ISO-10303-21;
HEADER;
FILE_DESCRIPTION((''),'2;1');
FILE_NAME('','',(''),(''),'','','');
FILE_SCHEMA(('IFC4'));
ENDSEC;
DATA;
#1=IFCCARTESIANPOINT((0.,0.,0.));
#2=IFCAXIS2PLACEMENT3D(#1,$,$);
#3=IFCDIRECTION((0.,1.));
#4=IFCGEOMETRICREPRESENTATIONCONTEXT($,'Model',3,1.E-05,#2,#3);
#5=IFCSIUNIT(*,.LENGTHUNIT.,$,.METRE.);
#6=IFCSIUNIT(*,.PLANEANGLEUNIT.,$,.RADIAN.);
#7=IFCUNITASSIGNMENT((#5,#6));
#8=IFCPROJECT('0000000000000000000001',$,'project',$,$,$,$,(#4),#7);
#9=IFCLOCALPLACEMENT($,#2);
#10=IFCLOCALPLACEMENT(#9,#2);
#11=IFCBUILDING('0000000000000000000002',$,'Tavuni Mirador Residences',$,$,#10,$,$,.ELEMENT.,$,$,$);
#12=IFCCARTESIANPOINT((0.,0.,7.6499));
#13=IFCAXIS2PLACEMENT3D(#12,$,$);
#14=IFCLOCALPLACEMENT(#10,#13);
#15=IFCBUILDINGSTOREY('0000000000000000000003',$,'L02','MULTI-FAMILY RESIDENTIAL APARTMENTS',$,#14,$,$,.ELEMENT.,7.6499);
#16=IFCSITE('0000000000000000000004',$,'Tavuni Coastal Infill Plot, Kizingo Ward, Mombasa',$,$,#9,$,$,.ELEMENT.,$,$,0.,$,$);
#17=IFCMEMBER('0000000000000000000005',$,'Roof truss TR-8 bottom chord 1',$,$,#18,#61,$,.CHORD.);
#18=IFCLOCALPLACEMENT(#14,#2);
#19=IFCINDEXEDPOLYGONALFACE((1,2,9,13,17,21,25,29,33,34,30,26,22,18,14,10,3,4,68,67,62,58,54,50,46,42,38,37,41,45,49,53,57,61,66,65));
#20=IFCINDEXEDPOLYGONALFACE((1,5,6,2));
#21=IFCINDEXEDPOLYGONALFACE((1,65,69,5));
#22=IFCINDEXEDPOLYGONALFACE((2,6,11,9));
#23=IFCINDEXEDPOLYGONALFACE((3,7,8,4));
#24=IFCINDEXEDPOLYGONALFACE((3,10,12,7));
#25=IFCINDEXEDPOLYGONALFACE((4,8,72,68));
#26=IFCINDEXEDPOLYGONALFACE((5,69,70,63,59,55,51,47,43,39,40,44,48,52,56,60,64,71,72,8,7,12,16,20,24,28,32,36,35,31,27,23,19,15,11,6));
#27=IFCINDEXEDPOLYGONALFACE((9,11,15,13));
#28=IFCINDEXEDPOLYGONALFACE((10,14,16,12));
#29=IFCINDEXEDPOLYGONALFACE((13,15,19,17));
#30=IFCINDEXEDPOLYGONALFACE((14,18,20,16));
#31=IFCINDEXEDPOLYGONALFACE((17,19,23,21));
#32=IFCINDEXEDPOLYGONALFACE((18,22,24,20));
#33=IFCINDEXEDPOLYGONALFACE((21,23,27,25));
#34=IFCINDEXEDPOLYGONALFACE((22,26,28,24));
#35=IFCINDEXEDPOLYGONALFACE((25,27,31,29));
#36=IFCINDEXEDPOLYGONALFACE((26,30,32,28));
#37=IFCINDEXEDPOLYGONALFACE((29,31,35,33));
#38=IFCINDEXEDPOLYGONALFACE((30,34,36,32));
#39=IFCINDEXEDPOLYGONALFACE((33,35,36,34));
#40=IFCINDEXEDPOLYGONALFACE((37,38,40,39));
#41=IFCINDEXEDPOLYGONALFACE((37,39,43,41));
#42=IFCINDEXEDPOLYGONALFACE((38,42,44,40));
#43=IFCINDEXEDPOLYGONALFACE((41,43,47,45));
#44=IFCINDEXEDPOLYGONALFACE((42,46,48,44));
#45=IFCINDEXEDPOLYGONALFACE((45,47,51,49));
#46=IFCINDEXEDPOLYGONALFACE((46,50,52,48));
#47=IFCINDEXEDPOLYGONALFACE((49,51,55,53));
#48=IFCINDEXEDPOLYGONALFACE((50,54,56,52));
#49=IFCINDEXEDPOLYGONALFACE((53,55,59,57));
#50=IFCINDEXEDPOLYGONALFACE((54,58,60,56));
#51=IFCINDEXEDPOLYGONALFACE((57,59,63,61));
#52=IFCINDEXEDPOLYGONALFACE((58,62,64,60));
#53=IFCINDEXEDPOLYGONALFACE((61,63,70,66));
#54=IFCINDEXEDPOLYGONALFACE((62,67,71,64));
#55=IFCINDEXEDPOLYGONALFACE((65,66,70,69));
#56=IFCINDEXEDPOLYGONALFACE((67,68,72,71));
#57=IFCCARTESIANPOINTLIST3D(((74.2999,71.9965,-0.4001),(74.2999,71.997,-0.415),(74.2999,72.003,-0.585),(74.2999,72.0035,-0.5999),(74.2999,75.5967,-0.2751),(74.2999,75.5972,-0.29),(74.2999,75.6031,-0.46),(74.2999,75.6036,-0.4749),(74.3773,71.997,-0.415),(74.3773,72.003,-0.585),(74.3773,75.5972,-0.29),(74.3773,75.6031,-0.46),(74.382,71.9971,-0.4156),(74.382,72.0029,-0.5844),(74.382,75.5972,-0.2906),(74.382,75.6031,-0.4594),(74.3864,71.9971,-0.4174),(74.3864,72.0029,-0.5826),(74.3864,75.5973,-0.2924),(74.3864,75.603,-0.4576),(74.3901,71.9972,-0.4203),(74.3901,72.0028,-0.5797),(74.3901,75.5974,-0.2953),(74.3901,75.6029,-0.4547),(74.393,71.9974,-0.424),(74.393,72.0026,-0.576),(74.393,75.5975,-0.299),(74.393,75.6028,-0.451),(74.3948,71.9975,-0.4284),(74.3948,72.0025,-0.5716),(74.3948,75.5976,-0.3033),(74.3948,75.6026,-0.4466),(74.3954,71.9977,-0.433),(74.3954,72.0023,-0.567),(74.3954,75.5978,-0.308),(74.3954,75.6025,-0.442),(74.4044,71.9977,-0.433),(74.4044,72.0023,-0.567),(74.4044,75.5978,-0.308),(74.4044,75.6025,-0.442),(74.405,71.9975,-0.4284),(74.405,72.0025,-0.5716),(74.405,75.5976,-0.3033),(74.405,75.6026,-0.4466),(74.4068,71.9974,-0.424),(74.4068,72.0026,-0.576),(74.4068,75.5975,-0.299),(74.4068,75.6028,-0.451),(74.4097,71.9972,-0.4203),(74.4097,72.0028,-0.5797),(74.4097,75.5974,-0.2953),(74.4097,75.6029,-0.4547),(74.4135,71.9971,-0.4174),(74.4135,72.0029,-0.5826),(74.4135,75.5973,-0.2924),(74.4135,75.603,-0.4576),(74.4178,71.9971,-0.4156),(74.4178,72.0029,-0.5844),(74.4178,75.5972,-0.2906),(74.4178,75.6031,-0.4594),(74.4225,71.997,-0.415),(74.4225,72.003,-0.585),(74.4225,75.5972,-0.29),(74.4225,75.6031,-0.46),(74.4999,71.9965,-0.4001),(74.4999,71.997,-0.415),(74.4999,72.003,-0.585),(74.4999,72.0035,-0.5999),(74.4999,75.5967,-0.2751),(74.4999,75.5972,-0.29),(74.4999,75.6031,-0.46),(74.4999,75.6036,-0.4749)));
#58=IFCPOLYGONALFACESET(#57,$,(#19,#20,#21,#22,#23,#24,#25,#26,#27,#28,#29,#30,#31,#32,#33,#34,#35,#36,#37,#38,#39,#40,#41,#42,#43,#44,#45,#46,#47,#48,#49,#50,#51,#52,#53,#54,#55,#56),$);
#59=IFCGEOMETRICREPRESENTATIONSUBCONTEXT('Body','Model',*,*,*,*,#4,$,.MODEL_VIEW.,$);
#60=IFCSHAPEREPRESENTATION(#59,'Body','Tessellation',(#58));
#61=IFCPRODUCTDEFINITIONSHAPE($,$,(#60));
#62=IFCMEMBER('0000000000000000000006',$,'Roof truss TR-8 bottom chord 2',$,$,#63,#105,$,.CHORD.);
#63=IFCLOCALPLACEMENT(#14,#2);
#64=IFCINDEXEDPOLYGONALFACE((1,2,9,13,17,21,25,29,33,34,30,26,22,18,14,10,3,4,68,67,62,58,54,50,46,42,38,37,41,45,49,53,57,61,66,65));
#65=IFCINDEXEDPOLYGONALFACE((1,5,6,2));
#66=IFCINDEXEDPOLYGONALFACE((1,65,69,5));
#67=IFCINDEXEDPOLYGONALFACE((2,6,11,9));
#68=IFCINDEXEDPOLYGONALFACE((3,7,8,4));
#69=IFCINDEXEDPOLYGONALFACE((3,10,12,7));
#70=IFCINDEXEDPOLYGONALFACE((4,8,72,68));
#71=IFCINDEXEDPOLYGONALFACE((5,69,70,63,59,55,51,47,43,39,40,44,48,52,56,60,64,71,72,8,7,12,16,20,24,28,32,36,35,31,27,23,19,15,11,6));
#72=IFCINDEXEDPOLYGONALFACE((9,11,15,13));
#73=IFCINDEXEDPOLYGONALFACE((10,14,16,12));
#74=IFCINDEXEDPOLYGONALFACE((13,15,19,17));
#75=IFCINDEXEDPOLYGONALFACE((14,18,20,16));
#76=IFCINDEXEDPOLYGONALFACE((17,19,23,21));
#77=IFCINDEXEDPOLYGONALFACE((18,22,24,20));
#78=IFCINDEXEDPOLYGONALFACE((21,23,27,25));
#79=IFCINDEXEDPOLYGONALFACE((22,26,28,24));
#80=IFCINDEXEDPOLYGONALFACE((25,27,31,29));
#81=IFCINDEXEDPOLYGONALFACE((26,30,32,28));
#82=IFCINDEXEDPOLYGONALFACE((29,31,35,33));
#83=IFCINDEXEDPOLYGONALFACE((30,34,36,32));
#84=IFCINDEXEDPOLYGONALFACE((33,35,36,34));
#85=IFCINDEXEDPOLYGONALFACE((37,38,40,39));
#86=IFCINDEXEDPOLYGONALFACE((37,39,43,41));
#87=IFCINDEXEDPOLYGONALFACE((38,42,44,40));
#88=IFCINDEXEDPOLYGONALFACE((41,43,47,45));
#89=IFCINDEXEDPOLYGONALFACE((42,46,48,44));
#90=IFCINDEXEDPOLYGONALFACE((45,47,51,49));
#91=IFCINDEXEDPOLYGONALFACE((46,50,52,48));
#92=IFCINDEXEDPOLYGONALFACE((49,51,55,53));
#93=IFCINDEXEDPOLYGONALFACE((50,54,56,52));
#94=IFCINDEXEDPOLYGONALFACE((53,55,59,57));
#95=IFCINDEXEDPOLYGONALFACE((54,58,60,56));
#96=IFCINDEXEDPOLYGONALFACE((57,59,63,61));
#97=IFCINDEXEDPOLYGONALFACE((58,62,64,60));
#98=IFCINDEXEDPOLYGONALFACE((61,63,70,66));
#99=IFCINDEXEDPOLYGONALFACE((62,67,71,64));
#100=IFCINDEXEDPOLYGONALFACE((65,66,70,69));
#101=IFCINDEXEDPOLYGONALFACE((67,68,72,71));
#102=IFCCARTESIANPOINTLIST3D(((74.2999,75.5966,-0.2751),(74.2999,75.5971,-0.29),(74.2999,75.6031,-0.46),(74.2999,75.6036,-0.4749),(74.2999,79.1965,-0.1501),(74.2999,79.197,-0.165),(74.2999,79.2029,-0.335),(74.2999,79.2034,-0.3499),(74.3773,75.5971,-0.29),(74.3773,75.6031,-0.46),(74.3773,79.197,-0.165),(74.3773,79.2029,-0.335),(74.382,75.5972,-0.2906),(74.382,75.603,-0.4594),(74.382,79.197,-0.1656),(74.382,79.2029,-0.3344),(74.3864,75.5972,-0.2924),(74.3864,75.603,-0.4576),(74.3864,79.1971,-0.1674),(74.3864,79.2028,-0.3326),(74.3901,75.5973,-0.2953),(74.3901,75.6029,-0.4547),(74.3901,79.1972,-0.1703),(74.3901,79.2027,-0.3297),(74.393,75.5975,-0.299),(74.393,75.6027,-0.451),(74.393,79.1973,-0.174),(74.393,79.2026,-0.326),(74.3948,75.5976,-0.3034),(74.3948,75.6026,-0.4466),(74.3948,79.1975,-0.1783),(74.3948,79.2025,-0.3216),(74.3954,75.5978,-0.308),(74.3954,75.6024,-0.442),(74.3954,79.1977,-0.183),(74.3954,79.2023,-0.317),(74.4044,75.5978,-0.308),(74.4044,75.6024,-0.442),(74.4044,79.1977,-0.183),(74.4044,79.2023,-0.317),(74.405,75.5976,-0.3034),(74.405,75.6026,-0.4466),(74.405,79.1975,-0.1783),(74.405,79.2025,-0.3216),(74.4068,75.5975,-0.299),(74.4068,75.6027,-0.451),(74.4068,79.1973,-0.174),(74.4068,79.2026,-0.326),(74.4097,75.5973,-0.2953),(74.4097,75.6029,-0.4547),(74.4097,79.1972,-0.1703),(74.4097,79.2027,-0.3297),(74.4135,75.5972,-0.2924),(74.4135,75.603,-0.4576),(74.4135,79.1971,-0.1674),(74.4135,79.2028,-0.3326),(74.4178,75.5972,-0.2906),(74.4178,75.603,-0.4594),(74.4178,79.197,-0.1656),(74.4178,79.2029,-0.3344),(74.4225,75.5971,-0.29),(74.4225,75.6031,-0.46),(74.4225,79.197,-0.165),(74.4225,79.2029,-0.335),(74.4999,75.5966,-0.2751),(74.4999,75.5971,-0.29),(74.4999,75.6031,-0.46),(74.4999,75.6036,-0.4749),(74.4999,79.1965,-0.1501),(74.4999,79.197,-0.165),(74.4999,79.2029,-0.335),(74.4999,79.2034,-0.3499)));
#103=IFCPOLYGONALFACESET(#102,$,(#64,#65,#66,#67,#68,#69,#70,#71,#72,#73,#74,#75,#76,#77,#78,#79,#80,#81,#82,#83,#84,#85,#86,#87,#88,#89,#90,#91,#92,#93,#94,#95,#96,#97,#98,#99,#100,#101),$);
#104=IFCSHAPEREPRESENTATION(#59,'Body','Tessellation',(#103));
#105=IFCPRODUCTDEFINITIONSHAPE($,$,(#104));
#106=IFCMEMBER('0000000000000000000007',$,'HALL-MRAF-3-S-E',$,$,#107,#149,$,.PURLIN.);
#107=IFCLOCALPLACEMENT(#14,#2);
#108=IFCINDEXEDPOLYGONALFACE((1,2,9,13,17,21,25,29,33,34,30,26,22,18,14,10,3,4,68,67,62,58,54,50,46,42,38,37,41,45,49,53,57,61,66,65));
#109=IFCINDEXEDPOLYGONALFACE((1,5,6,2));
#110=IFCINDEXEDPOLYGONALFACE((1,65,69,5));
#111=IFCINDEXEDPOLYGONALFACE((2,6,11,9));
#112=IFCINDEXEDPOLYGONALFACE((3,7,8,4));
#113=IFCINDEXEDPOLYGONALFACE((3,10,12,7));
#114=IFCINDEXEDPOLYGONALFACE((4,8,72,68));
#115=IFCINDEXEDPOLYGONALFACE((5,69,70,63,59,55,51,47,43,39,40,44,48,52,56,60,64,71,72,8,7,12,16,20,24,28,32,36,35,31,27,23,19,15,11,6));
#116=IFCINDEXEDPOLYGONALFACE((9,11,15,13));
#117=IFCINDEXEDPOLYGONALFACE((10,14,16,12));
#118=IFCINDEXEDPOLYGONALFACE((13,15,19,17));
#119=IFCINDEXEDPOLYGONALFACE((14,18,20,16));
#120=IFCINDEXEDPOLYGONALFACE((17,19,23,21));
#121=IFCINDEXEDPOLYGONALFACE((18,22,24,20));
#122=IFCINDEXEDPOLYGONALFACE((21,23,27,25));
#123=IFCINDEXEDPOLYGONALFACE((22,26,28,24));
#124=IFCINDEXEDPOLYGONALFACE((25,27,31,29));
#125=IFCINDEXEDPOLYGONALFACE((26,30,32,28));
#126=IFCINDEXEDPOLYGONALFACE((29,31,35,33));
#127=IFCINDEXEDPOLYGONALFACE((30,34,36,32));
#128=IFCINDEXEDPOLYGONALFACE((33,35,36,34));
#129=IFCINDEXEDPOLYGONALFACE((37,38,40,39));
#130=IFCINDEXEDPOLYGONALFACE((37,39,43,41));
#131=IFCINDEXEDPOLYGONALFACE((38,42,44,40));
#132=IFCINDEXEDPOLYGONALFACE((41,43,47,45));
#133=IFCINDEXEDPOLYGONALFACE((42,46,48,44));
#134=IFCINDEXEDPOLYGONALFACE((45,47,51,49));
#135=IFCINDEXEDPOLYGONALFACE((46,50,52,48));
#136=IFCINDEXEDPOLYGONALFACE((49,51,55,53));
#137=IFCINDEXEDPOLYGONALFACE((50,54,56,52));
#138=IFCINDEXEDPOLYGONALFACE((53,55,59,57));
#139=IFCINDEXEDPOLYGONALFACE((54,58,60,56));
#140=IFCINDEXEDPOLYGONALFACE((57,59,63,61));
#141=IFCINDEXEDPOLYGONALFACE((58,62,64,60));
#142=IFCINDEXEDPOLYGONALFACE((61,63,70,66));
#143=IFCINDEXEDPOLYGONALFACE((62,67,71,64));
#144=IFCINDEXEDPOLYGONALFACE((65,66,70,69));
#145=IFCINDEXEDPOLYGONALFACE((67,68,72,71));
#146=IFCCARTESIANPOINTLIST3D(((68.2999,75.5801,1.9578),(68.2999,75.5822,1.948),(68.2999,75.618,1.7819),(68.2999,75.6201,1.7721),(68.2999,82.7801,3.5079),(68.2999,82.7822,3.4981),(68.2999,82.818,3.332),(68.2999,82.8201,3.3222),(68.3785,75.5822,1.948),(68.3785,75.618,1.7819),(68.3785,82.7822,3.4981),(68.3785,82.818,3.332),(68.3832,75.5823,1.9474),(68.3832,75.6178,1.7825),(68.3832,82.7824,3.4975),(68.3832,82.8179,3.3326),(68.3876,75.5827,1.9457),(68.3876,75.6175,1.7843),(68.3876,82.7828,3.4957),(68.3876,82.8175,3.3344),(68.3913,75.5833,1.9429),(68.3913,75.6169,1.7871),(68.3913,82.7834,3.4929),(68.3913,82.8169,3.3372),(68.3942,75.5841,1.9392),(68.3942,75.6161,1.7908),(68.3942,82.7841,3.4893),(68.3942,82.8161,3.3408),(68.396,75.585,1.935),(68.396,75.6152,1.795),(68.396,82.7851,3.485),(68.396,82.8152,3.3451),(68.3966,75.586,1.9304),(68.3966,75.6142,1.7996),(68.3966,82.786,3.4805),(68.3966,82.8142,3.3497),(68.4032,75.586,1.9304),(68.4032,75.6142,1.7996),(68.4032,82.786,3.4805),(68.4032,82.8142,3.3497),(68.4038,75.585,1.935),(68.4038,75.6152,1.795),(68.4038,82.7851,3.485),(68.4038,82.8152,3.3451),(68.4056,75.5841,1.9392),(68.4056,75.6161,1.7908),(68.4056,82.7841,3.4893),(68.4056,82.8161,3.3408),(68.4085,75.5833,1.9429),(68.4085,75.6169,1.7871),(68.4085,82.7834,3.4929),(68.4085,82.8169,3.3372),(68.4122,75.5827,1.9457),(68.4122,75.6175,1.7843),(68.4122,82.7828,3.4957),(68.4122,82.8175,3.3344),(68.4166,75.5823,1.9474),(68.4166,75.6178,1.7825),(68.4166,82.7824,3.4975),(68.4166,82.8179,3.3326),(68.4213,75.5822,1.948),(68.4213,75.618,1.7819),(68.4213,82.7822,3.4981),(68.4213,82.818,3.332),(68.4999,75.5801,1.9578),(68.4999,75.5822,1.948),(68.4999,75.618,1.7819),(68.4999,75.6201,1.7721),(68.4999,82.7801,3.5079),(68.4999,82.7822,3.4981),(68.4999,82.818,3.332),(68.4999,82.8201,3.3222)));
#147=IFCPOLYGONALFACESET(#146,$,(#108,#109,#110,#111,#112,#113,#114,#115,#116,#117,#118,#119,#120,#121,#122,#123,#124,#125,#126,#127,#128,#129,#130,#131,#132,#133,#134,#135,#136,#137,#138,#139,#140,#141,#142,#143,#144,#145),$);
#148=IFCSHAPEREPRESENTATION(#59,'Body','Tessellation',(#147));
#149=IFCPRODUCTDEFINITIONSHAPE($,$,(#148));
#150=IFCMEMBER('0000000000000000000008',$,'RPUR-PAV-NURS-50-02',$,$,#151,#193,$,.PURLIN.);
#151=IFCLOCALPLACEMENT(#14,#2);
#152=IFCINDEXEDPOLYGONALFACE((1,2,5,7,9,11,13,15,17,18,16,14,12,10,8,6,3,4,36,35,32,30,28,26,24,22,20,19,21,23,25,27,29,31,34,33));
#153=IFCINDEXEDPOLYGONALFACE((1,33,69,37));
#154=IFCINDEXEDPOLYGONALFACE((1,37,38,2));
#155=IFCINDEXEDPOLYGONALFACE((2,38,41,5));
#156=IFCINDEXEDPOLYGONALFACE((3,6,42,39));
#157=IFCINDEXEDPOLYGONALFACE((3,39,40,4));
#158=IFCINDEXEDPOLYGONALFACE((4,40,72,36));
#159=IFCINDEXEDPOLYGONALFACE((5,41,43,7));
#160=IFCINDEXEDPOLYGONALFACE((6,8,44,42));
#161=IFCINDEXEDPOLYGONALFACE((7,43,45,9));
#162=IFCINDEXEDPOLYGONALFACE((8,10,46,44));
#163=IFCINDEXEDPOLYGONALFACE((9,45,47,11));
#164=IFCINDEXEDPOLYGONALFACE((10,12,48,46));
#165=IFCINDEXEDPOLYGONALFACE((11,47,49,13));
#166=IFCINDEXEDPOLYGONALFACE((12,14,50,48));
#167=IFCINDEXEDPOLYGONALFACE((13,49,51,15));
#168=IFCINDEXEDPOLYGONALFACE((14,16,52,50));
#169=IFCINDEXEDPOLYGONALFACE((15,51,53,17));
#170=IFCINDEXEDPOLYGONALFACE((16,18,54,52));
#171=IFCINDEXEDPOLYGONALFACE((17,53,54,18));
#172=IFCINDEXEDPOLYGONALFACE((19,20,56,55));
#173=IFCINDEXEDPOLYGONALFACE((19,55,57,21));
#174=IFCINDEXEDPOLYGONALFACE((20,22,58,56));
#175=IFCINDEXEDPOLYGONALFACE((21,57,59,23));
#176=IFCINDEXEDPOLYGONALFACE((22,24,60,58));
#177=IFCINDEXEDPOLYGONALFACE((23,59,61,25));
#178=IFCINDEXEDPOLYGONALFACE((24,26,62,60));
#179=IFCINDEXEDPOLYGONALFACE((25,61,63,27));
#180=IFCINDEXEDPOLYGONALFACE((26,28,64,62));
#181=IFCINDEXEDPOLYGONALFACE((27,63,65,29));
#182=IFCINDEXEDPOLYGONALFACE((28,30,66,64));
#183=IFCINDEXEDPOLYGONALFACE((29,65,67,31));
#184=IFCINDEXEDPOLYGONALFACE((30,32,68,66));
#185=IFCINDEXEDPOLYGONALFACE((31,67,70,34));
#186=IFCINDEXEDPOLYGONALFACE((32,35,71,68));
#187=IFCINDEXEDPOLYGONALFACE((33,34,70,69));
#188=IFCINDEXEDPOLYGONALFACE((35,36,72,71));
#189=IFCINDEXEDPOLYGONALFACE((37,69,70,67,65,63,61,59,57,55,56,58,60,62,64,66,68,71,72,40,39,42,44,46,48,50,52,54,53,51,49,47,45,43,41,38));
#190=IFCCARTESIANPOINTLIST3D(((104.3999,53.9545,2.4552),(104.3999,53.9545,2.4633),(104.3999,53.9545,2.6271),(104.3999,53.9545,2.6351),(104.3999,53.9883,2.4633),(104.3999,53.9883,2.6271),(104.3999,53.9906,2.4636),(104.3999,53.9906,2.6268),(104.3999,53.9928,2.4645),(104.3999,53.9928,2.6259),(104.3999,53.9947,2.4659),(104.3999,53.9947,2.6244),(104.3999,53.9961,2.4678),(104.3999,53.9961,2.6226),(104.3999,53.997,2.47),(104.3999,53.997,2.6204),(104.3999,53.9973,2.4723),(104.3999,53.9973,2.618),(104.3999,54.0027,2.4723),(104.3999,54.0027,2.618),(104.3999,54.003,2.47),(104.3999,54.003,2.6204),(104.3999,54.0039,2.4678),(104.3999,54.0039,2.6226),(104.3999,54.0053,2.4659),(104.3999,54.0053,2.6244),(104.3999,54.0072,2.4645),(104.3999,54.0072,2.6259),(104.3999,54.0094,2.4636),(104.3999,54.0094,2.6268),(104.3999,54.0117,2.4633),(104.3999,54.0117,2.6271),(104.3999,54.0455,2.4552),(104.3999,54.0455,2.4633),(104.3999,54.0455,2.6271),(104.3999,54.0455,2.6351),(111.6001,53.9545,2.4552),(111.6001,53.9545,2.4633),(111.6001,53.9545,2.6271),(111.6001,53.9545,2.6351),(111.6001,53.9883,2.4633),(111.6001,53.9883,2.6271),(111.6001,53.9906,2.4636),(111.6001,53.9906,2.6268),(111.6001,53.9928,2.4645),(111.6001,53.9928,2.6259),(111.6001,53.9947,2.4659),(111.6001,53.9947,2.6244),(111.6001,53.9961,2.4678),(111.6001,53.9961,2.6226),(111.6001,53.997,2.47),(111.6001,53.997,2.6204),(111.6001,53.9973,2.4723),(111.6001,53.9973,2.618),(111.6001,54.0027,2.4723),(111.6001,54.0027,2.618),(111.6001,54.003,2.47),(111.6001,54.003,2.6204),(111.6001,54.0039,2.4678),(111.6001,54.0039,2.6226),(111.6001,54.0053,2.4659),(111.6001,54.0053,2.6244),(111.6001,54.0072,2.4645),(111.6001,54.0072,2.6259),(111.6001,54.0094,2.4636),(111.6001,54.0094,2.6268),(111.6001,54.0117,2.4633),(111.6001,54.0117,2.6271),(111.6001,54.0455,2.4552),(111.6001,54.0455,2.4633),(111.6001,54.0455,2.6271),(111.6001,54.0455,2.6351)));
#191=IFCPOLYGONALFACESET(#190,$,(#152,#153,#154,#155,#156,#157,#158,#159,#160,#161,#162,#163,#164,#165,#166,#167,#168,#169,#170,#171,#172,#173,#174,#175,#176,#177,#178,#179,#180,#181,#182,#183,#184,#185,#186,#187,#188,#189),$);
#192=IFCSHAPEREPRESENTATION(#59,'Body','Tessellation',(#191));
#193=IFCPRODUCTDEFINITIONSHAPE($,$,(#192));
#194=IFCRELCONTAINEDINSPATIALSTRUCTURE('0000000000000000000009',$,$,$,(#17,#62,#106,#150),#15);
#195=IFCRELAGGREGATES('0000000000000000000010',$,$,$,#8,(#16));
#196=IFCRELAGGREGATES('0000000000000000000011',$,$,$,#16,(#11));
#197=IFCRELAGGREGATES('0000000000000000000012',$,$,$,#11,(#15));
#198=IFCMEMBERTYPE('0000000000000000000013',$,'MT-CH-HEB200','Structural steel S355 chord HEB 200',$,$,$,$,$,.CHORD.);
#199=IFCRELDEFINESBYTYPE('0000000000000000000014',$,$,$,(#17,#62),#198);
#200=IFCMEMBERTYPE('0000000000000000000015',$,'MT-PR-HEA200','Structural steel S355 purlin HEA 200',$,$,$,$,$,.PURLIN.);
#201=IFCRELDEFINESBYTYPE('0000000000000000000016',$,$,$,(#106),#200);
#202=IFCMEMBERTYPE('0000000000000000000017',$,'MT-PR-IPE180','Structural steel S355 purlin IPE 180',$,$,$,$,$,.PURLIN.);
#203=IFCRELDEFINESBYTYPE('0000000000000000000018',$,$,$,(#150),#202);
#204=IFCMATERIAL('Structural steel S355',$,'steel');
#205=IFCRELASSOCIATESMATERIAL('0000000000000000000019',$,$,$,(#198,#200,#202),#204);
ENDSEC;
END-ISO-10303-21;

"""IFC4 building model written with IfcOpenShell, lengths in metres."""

from ifc_helpers import new_model, si_unit, direction, frame, origin, origin_2d, place, context, subcontext, project, spatial, i_section, extrude, material, material_profile, profile_set, type_object, element, save


model = new_model("IFC4")

# Units and contexts
model_context = context("Model", 3, precision=1e-05, world=origin(), true_north=direction((0.0, 1.0)))
body_context = subcontext(model_context, "Body", "Model", "MODEL_VIEW")
ifc_project = project(units=[si_unit("LENGTHUNIT", "METRE"), si_unit("PLANEANGLEUNIT", "RADIAN")], contexts=[model_context])

# Site, building, storey
site_placement = place(None, origin())
site = spatial("IfcSite", under=ifc_project, at=site_placement, Name="Tavuni Coastal Infill Plot, Kizingo Ward, Mombasa", CompositionType="ELEMENT", RefElevation=0.0)
building_placement = place(site_placement, origin())
building = spatial("IfcBuilding", under=site, at=building_placement, Name="Tavuni Mirador Residences", CompositionType="ELEMENT")
storey_placement = place(building_placement, frame((0.0, 0.0, 7.6499)))
storey = spatial("IfcBuildingStorey", under=building, at=storey_placement, Name="L02", Description="MULTI-FAMILY RESIDENTIAL APARTMENTS", CompositionType="ELEMENT", Elevation=7.6499)

# Members
ifc_material_1 = material(Name="Structural steel S355", Category="steel")
ifc_material_profile_1 = material_profile(ifc_material_1, i_section(OverallWidth=0.2, OverallDepth=0.2, WebThickness=0.009, FlangeThickness=0.0149, FilletRadius=0.0181, at=origin_2d()), Name="HEB 200", Category="steel")
ifc_profile_set_1 = profile_set([ifc_material_profile_1], Name="Structural steel S355")
member_type_1 = type_object("IfcMemberType", Name="MT-CH-HEB200", Description="Structural steel S355 chord HEB 200", PredefinedType="CHORD", material=ifc_profile_set_1)
member_1_placement = place(storey_placement, frame((74.3999, 72.0, -0.5), z_axis=(0.0, 0.999398, 0.0347), x_axis=(-1.0, 0.0, 0.0)))
element("IfcMember", 1, at=member_1_placement, inside=storey, type_object=member_type_1, Name="Roof truss TR-8 bottom chord 1", PredefinedType="CHORD", context=body_context, shape_type="SweptSolid", body=[
    extrude(i_section(OverallWidth=0.2, OverallDepth=0.2, WebThickness=0.009, FlangeThickness=0.0149, FilletRadius=0.0181, at=origin_2d()), origin(), (0.0, 0.0, 1.0), 3.6023),
])
member_2_placement = place(storey_placement, frame((74.3999, 75.6001, -0.375), z_axis=(0.0, 0.999398, 0.034703), x_axis=(-1.0, 0.0, 0.0)))
element("IfcMember", 2, at=member_2_placement, inside=storey, type_object=member_type_1, Name="Roof truss TR-8 bottom chord 2", PredefinedType="CHORD", context=body_context, shape_type="SweptSolid", body=[
    extrude(i_section(OverallWidth=0.2, OverallDepth=0.2, WebThickness=0.009, FlangeThickness=0.0149, FilletRadius=0.0181, at=origin_2d()), origin(), (0.0, 0.0, 1.0), 3.6021),
])
ifc_material_profile_2 = material_profile(ifc_material_1, i_section(OverallWidth=0.2, OverallDepth=0.1899, WebThickness=0.0066, FlangeThickness=0.01, FilletRadius=0.0181, at=origin_2d()), Name="HEA 200", Category="steel")
ifc_profile_set_2 = profile_set([ifc_material_profile_2], Name="Structural steel S355")
member_type_2 = type_object("IfcMemberType", Name="MT-PR-HEA200", Description="Structural steel S355 purlin HEA 200", PredefinedType="PURLIN", material=ifc_profile_set_2)
member_3_placement = place(storey_placement, frame((68.3999, 75.6001, 1.865), z_axis=(0.0, 0.977602, 0.210464), x_axis=(-1.0, 0.0, 0.0)))
element("IfcMember", 3, at=member_3_placement, inside=storey, type_object=member_type_2, Name="HALL-MRAF-3-S-E", PredefinedType="PURLIN", context=body_context, shape_type="SweptSolid", body=[
    extrude(i_section(OverallWidth=0.2, OverallDepth=0.1899, WebThickness=0.0066, FlangeThickness=0.01, FilletRadius=0.0181, at=origin_2d()), origin(), (0.0, 0.0, 1.0), 7.365),
])
ifc_material_profile_3 = material_profile(ifc_material_1, i_section(OverallWidth=0.0911, OverallDepth=0.1799, WebThickness=0.0054, FlangeThickness=0.0081, FilletRadius=0.009, at=origin_2d()), Name="IPE 180", Category="steel")
ifc_profile_set_3 = profile_set([ifc_material_profile_3], Name="Structural steel S355")
member_type_3 = type_object("IfcMemberType", Name="MT-PR-IPE180", Description="Structural steel S355 purlin IPE 180", PredefinedType="PURLIN", material=ifc_profile_set_3)
member_4_placement = place(storey_placement, frame((104.3999, 54.0, 2.5452), z_axis=(1.0, 0.0, 0.0), x_axis=(0.0, 1.0, 0.0)))
element("IfcMember", 4, at=member_4_placement, inside=storey, type_object=member_type_3, Name="RPUR-PAV-NURS-50-02", PredefinedType="PURLIN", context=body_context, shape_type="SweptSolid", body=[
    extrude(i_section(OverallWidth=0.0911, OverallDepth=0.1799, WebThickness=0.0054, FlangeThickness=0.0081, FilletRadius=0.009, at=origin_2d()), origin(), (0.0, 0.0, 1.0), 7.2002),
])

save(model, "model.ifc")
